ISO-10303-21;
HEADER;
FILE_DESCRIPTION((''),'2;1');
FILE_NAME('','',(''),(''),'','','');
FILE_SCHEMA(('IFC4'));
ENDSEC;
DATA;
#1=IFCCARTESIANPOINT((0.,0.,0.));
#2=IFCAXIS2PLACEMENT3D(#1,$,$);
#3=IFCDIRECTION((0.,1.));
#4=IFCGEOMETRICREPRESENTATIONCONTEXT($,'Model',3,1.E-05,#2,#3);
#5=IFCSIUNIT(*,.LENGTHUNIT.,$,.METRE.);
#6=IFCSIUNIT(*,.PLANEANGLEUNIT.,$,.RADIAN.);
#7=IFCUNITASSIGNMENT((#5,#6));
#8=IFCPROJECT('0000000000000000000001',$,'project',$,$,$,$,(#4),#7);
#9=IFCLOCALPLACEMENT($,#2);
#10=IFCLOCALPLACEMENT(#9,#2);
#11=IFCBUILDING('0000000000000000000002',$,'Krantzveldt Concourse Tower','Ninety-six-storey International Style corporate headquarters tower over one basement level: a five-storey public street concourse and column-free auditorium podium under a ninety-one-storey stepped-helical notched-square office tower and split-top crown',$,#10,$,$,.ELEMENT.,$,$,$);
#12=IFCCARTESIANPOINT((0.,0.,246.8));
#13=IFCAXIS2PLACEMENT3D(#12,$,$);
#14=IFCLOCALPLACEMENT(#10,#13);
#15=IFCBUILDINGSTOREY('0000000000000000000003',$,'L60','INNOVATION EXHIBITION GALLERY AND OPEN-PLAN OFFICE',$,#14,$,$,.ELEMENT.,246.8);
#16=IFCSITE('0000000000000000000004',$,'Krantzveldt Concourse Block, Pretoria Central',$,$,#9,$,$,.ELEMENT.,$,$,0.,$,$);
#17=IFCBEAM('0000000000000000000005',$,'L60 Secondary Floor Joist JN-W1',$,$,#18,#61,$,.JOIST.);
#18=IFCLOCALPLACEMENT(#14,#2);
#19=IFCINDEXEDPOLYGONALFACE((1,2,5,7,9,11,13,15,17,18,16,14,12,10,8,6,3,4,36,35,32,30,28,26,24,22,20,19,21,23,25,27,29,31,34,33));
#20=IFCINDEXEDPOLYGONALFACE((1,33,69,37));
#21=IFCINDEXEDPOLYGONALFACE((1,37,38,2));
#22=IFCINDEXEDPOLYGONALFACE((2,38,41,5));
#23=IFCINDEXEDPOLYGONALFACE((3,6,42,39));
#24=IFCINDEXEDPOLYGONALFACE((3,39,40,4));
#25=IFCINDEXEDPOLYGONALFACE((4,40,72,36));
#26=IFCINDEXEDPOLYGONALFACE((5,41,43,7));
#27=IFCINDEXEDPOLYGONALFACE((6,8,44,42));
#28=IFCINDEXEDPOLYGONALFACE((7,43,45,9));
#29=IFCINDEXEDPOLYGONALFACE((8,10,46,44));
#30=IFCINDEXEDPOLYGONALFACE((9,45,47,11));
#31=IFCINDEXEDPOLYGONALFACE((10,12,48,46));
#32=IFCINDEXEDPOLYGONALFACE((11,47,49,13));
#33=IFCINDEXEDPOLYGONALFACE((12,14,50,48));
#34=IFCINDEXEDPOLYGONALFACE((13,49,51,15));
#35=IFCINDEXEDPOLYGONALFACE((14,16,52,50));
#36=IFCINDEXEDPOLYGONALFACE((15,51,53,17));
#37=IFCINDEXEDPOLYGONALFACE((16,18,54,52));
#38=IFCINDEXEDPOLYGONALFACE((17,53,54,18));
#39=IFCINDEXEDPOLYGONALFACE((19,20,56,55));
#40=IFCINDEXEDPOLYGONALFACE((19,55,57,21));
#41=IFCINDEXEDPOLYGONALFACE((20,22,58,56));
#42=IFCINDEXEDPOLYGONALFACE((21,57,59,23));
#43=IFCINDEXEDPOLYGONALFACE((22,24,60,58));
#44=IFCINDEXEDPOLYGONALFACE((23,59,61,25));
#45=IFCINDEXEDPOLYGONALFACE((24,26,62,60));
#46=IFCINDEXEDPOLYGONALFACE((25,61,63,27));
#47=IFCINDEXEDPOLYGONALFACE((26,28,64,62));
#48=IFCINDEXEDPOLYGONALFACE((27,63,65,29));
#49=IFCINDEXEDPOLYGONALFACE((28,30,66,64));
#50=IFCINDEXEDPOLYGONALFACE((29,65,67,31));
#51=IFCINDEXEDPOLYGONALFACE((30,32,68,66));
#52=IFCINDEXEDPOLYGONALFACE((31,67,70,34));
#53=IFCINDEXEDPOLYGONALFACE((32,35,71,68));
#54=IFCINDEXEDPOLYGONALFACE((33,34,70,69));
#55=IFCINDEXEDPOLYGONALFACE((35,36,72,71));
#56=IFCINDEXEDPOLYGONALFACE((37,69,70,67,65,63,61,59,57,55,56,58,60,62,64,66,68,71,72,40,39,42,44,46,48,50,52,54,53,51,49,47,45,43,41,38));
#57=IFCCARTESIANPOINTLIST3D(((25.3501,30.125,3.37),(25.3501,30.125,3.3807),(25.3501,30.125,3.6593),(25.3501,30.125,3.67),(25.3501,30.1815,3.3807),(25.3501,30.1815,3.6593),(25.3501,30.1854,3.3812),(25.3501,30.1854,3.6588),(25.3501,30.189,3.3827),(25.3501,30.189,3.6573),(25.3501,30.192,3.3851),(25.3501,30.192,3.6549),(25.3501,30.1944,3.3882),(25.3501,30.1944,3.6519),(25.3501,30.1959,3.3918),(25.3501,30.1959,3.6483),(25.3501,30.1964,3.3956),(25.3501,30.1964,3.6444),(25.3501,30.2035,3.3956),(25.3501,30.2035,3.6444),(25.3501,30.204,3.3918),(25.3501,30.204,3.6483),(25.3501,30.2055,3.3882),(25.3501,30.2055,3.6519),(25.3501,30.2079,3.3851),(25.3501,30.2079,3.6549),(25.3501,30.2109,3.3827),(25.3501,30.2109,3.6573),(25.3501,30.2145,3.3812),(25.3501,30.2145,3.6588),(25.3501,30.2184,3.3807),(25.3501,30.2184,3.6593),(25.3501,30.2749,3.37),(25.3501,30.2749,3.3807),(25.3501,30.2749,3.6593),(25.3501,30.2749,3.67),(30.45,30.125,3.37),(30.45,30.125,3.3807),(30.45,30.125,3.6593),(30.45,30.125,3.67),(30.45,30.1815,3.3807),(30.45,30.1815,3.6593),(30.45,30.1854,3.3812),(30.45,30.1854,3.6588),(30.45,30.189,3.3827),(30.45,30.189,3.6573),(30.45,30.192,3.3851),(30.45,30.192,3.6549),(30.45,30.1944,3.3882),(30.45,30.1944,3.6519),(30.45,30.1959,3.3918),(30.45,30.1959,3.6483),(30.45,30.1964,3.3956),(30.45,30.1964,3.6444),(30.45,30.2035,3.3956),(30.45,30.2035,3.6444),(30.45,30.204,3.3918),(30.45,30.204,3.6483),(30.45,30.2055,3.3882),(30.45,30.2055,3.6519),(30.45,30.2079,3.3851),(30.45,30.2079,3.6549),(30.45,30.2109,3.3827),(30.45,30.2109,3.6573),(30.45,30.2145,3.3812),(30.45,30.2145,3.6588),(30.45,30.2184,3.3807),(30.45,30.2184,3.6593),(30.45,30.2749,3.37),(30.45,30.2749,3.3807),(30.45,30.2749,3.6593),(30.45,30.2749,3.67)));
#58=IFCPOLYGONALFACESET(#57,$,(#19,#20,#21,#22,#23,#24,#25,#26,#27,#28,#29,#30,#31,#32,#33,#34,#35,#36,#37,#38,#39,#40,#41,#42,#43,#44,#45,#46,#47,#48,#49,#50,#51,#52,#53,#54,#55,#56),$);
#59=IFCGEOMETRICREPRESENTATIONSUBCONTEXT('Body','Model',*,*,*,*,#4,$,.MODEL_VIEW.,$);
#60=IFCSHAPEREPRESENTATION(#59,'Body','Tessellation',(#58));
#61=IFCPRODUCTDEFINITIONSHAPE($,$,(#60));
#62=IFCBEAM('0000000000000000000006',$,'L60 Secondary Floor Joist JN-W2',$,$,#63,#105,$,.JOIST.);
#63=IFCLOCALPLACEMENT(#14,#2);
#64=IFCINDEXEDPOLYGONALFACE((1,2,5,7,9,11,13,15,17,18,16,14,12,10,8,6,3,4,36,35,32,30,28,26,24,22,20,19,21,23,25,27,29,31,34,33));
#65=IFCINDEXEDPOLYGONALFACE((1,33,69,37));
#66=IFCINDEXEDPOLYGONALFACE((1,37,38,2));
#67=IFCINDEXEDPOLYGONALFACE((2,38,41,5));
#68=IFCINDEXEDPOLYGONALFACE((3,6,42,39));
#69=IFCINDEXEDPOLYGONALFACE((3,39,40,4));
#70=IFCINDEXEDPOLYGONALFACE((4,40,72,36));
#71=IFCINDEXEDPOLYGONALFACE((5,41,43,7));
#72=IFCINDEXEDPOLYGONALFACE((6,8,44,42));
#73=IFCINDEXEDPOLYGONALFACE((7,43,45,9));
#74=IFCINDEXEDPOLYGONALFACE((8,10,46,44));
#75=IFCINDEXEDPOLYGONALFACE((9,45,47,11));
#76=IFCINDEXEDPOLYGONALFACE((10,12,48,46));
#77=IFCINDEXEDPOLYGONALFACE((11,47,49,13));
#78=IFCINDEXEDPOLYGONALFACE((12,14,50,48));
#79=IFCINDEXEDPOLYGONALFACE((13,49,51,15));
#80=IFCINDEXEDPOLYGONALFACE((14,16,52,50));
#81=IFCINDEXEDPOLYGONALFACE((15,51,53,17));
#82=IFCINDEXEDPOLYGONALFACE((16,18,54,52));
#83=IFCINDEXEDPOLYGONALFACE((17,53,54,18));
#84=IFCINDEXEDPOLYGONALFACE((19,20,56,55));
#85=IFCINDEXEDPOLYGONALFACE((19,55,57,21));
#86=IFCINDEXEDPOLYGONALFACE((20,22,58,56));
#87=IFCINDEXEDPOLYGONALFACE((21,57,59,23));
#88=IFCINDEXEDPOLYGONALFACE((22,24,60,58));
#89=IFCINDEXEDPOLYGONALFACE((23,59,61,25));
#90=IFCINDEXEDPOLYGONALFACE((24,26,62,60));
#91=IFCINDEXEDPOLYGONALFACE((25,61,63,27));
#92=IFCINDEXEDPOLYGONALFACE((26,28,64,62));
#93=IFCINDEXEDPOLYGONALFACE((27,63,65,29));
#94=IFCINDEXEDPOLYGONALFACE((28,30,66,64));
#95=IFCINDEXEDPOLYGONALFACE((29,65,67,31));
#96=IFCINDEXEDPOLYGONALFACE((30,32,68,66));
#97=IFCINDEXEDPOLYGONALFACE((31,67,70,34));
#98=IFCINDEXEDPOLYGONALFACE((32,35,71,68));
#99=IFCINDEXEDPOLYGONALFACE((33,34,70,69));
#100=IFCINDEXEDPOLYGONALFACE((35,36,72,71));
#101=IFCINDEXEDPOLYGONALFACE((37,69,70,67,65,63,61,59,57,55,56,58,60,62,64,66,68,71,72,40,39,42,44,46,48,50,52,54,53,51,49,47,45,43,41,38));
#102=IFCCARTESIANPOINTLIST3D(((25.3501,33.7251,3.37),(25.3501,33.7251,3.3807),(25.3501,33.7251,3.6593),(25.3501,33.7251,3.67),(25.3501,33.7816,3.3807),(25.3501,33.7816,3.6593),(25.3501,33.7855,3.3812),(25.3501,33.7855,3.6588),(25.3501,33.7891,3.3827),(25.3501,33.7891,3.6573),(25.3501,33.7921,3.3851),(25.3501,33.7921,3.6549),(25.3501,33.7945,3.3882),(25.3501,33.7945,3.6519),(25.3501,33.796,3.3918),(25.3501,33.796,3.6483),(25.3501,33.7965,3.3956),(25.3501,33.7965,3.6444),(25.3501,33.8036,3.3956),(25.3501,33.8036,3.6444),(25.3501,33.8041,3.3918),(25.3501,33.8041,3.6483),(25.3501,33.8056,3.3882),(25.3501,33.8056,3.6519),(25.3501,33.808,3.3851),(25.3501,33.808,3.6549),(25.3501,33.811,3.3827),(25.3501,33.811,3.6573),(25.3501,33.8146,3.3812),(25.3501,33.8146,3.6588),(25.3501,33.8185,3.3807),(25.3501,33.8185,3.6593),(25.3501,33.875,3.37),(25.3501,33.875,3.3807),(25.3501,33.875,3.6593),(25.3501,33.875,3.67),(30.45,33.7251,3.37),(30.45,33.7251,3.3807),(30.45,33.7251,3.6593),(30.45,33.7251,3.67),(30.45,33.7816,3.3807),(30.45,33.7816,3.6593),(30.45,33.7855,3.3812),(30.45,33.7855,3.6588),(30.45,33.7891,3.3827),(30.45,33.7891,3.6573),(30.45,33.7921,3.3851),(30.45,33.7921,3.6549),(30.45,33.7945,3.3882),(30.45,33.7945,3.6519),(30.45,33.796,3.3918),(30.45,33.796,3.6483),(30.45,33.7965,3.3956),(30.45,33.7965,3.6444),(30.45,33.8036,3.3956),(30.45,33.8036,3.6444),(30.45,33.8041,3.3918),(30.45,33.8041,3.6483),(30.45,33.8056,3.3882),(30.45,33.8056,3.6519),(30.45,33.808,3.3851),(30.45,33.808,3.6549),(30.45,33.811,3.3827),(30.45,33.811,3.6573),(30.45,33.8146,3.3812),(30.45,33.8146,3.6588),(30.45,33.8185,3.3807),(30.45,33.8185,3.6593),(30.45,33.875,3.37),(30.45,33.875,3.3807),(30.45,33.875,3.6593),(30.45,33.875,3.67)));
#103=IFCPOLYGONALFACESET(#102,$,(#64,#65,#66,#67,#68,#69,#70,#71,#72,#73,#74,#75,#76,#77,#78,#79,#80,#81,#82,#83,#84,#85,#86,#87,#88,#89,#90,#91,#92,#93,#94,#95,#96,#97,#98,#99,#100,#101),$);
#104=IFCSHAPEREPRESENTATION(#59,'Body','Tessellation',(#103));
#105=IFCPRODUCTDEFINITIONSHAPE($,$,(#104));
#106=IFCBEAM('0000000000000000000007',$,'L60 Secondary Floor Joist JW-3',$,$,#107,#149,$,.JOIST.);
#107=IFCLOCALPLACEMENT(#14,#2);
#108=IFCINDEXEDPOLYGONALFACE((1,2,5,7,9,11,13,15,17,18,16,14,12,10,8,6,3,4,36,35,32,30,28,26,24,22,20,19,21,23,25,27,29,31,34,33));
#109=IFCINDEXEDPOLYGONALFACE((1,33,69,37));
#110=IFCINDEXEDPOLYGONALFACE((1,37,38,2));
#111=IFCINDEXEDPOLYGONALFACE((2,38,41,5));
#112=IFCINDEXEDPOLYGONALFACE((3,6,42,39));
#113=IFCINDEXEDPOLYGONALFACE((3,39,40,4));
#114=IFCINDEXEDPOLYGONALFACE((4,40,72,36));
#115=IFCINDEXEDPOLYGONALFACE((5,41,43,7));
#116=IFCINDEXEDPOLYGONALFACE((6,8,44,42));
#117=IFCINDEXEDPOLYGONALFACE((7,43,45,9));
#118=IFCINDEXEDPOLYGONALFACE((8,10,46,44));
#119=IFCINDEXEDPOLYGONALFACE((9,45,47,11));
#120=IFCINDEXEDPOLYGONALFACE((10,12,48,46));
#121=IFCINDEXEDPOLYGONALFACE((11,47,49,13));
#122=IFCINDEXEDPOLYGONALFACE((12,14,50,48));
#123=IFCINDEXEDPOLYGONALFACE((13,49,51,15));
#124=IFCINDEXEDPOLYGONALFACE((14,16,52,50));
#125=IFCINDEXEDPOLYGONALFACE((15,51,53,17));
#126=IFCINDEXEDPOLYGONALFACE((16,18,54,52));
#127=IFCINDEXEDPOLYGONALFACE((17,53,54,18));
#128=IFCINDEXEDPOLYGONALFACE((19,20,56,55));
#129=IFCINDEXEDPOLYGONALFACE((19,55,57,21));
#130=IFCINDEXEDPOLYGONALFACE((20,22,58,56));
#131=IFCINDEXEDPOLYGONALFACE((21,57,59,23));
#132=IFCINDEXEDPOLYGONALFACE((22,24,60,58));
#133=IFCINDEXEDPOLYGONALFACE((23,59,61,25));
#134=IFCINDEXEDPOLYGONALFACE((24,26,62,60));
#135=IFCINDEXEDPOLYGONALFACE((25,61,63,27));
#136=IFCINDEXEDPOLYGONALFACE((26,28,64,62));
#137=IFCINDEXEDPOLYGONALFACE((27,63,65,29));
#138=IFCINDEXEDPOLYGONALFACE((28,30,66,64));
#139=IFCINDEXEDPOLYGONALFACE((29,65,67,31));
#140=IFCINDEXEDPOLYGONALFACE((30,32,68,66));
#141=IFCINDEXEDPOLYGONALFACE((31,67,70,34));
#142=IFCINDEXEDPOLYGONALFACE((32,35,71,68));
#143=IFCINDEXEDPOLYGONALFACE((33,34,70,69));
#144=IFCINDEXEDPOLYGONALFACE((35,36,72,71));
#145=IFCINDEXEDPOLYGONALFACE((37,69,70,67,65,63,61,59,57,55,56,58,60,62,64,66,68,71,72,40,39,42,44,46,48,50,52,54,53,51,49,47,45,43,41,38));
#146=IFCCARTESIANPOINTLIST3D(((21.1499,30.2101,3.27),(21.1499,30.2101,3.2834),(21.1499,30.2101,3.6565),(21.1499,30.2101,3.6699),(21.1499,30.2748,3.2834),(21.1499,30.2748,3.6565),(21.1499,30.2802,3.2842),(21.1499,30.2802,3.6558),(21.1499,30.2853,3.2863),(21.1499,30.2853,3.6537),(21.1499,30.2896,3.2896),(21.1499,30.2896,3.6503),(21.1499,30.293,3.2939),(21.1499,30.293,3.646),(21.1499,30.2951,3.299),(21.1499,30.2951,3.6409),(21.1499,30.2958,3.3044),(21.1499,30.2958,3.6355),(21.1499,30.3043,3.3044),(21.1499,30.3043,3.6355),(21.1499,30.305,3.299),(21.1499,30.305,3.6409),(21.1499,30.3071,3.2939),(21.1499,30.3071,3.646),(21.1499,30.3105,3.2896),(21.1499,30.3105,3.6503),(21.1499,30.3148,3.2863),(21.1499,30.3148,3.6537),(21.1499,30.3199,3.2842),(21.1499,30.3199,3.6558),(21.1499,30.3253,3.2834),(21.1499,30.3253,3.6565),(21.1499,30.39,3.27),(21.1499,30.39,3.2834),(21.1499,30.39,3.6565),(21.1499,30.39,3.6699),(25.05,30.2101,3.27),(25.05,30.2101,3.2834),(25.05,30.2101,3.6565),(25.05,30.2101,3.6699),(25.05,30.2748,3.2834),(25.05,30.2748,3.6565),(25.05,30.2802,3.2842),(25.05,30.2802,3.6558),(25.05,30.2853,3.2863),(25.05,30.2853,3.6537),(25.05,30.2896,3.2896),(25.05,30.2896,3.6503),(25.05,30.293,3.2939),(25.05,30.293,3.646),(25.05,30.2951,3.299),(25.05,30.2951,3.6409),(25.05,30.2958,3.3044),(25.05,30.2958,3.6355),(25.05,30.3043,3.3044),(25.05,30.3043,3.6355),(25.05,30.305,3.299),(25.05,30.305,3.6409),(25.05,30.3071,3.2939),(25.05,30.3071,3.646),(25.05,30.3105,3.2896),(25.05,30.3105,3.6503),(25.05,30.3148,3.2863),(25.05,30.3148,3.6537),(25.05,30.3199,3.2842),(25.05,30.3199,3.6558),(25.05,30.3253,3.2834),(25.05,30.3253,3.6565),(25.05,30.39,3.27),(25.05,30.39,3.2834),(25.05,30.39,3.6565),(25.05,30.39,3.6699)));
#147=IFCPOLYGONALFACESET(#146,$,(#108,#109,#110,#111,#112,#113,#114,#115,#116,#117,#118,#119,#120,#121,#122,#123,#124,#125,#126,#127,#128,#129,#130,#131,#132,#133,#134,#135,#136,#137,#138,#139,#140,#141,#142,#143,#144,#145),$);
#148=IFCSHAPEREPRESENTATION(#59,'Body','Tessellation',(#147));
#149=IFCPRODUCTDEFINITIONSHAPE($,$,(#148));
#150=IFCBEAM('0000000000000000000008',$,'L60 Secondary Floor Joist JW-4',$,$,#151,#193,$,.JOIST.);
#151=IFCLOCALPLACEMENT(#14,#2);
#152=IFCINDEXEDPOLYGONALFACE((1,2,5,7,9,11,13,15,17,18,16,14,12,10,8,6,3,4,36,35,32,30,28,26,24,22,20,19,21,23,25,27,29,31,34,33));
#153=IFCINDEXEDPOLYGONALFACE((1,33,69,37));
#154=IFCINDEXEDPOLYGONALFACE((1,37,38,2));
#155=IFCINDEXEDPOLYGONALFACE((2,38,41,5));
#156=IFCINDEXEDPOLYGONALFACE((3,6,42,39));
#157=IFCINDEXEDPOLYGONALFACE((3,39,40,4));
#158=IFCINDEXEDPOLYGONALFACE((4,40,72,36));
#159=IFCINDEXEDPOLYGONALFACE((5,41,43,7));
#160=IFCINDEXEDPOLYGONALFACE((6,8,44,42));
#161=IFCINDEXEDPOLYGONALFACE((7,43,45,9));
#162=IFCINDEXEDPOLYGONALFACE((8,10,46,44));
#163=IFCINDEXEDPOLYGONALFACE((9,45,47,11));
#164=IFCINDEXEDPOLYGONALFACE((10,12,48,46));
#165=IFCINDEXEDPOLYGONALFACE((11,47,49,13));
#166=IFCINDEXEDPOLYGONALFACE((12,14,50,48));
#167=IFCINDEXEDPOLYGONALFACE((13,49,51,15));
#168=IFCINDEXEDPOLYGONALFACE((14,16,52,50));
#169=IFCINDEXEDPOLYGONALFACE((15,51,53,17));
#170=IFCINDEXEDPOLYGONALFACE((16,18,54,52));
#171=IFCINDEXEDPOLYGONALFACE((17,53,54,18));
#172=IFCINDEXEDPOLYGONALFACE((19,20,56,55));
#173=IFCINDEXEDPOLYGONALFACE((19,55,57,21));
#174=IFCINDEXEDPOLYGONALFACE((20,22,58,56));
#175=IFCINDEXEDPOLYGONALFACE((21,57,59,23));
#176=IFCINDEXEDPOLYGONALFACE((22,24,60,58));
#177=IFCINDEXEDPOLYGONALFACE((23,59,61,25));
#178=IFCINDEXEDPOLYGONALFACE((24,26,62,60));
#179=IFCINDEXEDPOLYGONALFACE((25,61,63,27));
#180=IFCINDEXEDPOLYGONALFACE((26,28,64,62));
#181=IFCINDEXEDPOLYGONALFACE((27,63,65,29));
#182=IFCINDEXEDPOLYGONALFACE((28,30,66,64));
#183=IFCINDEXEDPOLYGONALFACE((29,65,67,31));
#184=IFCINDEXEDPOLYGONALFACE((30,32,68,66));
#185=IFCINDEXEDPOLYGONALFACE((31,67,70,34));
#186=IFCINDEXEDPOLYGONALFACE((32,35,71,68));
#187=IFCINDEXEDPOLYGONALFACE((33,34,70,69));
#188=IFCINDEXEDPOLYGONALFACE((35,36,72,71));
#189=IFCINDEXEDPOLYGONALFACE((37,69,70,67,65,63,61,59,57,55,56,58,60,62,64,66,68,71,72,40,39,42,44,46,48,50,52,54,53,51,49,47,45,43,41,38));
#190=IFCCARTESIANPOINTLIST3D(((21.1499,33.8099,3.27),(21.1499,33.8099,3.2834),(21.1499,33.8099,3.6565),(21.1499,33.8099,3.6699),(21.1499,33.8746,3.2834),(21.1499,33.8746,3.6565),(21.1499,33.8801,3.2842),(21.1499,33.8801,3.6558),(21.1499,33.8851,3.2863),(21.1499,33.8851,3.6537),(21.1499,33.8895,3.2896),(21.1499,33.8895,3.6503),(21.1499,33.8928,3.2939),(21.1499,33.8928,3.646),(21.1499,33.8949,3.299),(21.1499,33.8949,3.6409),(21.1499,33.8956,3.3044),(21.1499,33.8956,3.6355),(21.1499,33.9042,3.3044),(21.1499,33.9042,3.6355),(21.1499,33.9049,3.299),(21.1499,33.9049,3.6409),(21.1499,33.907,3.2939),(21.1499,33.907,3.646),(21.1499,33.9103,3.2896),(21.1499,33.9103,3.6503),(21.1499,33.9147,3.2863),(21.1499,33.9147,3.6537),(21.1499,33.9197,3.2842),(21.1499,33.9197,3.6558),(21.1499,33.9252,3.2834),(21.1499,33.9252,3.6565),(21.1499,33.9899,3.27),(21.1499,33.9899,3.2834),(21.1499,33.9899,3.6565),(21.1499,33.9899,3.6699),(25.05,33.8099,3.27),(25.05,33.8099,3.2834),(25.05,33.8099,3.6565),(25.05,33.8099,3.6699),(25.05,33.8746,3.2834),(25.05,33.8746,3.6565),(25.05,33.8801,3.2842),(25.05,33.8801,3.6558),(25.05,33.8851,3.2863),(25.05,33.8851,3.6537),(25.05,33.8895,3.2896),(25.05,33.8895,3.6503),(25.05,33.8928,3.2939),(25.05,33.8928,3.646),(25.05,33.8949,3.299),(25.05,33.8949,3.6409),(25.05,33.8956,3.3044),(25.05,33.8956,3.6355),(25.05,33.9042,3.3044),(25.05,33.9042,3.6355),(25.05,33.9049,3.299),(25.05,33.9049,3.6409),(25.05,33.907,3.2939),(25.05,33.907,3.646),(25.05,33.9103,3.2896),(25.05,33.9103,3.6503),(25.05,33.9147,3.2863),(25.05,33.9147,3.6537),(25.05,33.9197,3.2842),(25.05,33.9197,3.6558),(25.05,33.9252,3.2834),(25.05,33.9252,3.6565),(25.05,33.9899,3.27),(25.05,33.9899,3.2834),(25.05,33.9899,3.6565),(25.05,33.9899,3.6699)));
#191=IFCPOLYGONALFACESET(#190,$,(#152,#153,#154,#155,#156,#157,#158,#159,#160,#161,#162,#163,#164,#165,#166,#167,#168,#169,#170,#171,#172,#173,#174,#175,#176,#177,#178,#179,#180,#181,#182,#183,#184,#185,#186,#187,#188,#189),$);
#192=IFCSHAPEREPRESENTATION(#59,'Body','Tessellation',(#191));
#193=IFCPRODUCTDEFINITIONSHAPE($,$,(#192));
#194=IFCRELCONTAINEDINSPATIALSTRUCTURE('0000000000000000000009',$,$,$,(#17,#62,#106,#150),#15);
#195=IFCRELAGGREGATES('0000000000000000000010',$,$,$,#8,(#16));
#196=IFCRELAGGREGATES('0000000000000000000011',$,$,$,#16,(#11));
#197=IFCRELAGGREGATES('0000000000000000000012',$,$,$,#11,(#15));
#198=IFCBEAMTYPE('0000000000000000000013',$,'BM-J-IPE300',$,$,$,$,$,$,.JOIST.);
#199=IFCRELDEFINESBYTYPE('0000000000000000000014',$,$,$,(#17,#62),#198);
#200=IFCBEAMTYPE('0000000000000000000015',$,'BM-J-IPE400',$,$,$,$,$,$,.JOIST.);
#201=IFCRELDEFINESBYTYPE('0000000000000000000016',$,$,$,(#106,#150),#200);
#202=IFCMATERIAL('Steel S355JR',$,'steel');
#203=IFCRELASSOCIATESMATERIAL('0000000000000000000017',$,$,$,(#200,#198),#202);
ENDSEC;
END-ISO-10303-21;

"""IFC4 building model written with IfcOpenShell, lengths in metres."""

from ifc_helpers import new_model, si_unit, direction, frame, origin, origin_2d, place, context, subcontext, project, spatial, i_section, extrude, source, transform, mapped, material, material_profile, profile_set, type_object, type_shapes, element, save


model = new_model("IFC4")

# Units and contexts
model_context = context("Model", 3, precision=1e-05, world=origin(), true_north=direction((0.0, 1.0)))
body_context = subcontext(model_context, "Body", "Model", "MODEL_VIEW")
ifc_project = project(units=[si_unit("LENGTHUNIT", "METRE"), si_unit("PLANEANGLEUNIT", "RADIAN")], contexts=[model_context])

# Site, building, storey
site_placement = place(None, origin())
site = spatial("IfcSite", under=ifc_project, at=site_placement, Name="Krantzveldt Concourse Block, Pretoria Central", CompositionType="ELEMENT", RefElevation=0.0)
building_placement = place(site_placement, origin())
building = spatial("IfcBuilding", under=site, at=building_placement, Name="Krantzveldt Concourse Tower", Description="Ninety-six-storey International Style corporate headquarters tower over one basement level: a five-storey public street concourse and column-free auditorium podium under a ninety-one-storey stepped-helical notched-square office tower and split-top crown", CompositionType="ELEMENT")
storey_placement = place(building_placement, frame((0.0, 0.0, 246.8)))
storey = spatial("IfcBuildingStorey", under=building, at=storey_placement, Name="L60", Description="INNOVATION EXHIBITION GALLERY AND OPEN-PLAN OFFICE", CompositionType="ELEMENT", Elevation=246.8)

# Beams
ifc_material_1 = material(Name="Steel S355JR", Category="steel")
ifc_material_profile_1 = material_profile(ifc_material_1, i_section(OverallWidth=0.1799, OverallDepth=0.3999, WebThickness=0.0085, FlangeThickness=0.0134, FilletRadius=0.021, at=origin_2d()), Name="Steel S355JR", Category="steel")
ifc_profile_set_1 = profile_set([ifc_material_profile_1], Name="Steel S355JR - IPE 400")
beam_type_1 = type_object("IfcBeamType", Name="BM-J-IPE400", PredefinedType="JOIST", material=ifc_profile_set_1)
ifc_material_profile_2 = material_profile(ifc_material_1, i_section(OverallWidth=0.1499, OverallDepth=0.3, WebThickness=0.0071, FlangeThickness=0.0107, FilletRadius=0.0149, at=origin_2d()), Name="Steel S355JR", Category="steel")
ifc_profile_set_2 = profile_set([ifc_material_profile_2], Name="Steel S355JR - IPE 300")
beam_type_2 = type_object("IfcBeamType", Name="BM-J-IPE300", PredefinedType="JOIST", material=ifc_profile_set_2)
shared_shape_1 = source(origin(), body_context, "Body", "SweptSolid", [
    extrude(i_section(OverallWidth=0.1499, OverallDepth=0.3, WebThickness=0.0071, FlangeThickness=0.0107, FilletRadius=0.0149, at=origin_2d()), origin(), (0.0, 0.0, 1.0), 5.0999),
])
type_shapes(beam_type_2, [shared_shape_1])
for number, where, z_axis, x_axis, name in (
    (1, (25.3501, 30.2, 3.52), (1.0, 0.0, 0.0), (0.0, 1.0, 0.0), "L60 Secondary Floor Joist JN-W1"),
    (2, (25.3501, 33.8, 3.52), (1.0, 0.0, 0.0), (0.0, 1.0, 0.0), "L60 Secondary Floor Joist JN-W2"),
):
    element("IfcBeam", number, at=place(storey_placement, frame(where, z_axis=z_axis, x_axis=x_axis)), inside=storey, type_object=beam_type_2, Name=name, PredefinedType="JOIST", context=body_context, shape_type="MappedRepresentation", body=[
        mapped(shared_shape_1, transform((0.0, 0.0, 0.0), x_axis=(1.0, 0.0, 0.0), y_axis=(0.0, 1.0, 0.0), z_axis=(0.0, 0.0, 1.0), scale=1.0)),
    ])
shared_shape_2 = source(origin(), body_context, "Body", "SweptSolid", [
    extrude(i_section(OverallWidth=0.1799, OverallDepth=0.3999, WebThickness=0.0085, FlangeThickness=0.0134, FilletRadius=0.021, at=origin_2d()), origin(), (0.0, 0.0, 1.0), 3.9001),
])
for number, where, z_axis, x_axis, name in (
    (3, (21.1499, 30.3, 3.47), (1.0, 0.0, 0.0), (0.0, 1.0, 0.0), "L60 Secondary Floor Joist JW-3"),
    (4, (21.1499, 33.8999, 3.47), (1.0, 0.0, 0.0), (0.0, 1.0, 0.0), "L60 Secondary Floor Joist JW-4"),
):
    element("IfcBeam", number, at=place(storey_placement, frame(where, z_axis=z_axis, x_axis=x_axis)), inside=storey, type_object=beam_type_1, Name=name, PredefinedType="JOIST", context=body_context, shape_type="MappedRepresentation", body=[
        mapped(shared_shape_2, transform((0.0, 0.0, 0.0), x_axis=(1.0, 0.0, 0.0), y_axis=(0.0, 1.0, 0.0), z_axis=(0.0, 0.0, 1.0), scale=1.0)),
    ])

save(model, "model.ifc")
